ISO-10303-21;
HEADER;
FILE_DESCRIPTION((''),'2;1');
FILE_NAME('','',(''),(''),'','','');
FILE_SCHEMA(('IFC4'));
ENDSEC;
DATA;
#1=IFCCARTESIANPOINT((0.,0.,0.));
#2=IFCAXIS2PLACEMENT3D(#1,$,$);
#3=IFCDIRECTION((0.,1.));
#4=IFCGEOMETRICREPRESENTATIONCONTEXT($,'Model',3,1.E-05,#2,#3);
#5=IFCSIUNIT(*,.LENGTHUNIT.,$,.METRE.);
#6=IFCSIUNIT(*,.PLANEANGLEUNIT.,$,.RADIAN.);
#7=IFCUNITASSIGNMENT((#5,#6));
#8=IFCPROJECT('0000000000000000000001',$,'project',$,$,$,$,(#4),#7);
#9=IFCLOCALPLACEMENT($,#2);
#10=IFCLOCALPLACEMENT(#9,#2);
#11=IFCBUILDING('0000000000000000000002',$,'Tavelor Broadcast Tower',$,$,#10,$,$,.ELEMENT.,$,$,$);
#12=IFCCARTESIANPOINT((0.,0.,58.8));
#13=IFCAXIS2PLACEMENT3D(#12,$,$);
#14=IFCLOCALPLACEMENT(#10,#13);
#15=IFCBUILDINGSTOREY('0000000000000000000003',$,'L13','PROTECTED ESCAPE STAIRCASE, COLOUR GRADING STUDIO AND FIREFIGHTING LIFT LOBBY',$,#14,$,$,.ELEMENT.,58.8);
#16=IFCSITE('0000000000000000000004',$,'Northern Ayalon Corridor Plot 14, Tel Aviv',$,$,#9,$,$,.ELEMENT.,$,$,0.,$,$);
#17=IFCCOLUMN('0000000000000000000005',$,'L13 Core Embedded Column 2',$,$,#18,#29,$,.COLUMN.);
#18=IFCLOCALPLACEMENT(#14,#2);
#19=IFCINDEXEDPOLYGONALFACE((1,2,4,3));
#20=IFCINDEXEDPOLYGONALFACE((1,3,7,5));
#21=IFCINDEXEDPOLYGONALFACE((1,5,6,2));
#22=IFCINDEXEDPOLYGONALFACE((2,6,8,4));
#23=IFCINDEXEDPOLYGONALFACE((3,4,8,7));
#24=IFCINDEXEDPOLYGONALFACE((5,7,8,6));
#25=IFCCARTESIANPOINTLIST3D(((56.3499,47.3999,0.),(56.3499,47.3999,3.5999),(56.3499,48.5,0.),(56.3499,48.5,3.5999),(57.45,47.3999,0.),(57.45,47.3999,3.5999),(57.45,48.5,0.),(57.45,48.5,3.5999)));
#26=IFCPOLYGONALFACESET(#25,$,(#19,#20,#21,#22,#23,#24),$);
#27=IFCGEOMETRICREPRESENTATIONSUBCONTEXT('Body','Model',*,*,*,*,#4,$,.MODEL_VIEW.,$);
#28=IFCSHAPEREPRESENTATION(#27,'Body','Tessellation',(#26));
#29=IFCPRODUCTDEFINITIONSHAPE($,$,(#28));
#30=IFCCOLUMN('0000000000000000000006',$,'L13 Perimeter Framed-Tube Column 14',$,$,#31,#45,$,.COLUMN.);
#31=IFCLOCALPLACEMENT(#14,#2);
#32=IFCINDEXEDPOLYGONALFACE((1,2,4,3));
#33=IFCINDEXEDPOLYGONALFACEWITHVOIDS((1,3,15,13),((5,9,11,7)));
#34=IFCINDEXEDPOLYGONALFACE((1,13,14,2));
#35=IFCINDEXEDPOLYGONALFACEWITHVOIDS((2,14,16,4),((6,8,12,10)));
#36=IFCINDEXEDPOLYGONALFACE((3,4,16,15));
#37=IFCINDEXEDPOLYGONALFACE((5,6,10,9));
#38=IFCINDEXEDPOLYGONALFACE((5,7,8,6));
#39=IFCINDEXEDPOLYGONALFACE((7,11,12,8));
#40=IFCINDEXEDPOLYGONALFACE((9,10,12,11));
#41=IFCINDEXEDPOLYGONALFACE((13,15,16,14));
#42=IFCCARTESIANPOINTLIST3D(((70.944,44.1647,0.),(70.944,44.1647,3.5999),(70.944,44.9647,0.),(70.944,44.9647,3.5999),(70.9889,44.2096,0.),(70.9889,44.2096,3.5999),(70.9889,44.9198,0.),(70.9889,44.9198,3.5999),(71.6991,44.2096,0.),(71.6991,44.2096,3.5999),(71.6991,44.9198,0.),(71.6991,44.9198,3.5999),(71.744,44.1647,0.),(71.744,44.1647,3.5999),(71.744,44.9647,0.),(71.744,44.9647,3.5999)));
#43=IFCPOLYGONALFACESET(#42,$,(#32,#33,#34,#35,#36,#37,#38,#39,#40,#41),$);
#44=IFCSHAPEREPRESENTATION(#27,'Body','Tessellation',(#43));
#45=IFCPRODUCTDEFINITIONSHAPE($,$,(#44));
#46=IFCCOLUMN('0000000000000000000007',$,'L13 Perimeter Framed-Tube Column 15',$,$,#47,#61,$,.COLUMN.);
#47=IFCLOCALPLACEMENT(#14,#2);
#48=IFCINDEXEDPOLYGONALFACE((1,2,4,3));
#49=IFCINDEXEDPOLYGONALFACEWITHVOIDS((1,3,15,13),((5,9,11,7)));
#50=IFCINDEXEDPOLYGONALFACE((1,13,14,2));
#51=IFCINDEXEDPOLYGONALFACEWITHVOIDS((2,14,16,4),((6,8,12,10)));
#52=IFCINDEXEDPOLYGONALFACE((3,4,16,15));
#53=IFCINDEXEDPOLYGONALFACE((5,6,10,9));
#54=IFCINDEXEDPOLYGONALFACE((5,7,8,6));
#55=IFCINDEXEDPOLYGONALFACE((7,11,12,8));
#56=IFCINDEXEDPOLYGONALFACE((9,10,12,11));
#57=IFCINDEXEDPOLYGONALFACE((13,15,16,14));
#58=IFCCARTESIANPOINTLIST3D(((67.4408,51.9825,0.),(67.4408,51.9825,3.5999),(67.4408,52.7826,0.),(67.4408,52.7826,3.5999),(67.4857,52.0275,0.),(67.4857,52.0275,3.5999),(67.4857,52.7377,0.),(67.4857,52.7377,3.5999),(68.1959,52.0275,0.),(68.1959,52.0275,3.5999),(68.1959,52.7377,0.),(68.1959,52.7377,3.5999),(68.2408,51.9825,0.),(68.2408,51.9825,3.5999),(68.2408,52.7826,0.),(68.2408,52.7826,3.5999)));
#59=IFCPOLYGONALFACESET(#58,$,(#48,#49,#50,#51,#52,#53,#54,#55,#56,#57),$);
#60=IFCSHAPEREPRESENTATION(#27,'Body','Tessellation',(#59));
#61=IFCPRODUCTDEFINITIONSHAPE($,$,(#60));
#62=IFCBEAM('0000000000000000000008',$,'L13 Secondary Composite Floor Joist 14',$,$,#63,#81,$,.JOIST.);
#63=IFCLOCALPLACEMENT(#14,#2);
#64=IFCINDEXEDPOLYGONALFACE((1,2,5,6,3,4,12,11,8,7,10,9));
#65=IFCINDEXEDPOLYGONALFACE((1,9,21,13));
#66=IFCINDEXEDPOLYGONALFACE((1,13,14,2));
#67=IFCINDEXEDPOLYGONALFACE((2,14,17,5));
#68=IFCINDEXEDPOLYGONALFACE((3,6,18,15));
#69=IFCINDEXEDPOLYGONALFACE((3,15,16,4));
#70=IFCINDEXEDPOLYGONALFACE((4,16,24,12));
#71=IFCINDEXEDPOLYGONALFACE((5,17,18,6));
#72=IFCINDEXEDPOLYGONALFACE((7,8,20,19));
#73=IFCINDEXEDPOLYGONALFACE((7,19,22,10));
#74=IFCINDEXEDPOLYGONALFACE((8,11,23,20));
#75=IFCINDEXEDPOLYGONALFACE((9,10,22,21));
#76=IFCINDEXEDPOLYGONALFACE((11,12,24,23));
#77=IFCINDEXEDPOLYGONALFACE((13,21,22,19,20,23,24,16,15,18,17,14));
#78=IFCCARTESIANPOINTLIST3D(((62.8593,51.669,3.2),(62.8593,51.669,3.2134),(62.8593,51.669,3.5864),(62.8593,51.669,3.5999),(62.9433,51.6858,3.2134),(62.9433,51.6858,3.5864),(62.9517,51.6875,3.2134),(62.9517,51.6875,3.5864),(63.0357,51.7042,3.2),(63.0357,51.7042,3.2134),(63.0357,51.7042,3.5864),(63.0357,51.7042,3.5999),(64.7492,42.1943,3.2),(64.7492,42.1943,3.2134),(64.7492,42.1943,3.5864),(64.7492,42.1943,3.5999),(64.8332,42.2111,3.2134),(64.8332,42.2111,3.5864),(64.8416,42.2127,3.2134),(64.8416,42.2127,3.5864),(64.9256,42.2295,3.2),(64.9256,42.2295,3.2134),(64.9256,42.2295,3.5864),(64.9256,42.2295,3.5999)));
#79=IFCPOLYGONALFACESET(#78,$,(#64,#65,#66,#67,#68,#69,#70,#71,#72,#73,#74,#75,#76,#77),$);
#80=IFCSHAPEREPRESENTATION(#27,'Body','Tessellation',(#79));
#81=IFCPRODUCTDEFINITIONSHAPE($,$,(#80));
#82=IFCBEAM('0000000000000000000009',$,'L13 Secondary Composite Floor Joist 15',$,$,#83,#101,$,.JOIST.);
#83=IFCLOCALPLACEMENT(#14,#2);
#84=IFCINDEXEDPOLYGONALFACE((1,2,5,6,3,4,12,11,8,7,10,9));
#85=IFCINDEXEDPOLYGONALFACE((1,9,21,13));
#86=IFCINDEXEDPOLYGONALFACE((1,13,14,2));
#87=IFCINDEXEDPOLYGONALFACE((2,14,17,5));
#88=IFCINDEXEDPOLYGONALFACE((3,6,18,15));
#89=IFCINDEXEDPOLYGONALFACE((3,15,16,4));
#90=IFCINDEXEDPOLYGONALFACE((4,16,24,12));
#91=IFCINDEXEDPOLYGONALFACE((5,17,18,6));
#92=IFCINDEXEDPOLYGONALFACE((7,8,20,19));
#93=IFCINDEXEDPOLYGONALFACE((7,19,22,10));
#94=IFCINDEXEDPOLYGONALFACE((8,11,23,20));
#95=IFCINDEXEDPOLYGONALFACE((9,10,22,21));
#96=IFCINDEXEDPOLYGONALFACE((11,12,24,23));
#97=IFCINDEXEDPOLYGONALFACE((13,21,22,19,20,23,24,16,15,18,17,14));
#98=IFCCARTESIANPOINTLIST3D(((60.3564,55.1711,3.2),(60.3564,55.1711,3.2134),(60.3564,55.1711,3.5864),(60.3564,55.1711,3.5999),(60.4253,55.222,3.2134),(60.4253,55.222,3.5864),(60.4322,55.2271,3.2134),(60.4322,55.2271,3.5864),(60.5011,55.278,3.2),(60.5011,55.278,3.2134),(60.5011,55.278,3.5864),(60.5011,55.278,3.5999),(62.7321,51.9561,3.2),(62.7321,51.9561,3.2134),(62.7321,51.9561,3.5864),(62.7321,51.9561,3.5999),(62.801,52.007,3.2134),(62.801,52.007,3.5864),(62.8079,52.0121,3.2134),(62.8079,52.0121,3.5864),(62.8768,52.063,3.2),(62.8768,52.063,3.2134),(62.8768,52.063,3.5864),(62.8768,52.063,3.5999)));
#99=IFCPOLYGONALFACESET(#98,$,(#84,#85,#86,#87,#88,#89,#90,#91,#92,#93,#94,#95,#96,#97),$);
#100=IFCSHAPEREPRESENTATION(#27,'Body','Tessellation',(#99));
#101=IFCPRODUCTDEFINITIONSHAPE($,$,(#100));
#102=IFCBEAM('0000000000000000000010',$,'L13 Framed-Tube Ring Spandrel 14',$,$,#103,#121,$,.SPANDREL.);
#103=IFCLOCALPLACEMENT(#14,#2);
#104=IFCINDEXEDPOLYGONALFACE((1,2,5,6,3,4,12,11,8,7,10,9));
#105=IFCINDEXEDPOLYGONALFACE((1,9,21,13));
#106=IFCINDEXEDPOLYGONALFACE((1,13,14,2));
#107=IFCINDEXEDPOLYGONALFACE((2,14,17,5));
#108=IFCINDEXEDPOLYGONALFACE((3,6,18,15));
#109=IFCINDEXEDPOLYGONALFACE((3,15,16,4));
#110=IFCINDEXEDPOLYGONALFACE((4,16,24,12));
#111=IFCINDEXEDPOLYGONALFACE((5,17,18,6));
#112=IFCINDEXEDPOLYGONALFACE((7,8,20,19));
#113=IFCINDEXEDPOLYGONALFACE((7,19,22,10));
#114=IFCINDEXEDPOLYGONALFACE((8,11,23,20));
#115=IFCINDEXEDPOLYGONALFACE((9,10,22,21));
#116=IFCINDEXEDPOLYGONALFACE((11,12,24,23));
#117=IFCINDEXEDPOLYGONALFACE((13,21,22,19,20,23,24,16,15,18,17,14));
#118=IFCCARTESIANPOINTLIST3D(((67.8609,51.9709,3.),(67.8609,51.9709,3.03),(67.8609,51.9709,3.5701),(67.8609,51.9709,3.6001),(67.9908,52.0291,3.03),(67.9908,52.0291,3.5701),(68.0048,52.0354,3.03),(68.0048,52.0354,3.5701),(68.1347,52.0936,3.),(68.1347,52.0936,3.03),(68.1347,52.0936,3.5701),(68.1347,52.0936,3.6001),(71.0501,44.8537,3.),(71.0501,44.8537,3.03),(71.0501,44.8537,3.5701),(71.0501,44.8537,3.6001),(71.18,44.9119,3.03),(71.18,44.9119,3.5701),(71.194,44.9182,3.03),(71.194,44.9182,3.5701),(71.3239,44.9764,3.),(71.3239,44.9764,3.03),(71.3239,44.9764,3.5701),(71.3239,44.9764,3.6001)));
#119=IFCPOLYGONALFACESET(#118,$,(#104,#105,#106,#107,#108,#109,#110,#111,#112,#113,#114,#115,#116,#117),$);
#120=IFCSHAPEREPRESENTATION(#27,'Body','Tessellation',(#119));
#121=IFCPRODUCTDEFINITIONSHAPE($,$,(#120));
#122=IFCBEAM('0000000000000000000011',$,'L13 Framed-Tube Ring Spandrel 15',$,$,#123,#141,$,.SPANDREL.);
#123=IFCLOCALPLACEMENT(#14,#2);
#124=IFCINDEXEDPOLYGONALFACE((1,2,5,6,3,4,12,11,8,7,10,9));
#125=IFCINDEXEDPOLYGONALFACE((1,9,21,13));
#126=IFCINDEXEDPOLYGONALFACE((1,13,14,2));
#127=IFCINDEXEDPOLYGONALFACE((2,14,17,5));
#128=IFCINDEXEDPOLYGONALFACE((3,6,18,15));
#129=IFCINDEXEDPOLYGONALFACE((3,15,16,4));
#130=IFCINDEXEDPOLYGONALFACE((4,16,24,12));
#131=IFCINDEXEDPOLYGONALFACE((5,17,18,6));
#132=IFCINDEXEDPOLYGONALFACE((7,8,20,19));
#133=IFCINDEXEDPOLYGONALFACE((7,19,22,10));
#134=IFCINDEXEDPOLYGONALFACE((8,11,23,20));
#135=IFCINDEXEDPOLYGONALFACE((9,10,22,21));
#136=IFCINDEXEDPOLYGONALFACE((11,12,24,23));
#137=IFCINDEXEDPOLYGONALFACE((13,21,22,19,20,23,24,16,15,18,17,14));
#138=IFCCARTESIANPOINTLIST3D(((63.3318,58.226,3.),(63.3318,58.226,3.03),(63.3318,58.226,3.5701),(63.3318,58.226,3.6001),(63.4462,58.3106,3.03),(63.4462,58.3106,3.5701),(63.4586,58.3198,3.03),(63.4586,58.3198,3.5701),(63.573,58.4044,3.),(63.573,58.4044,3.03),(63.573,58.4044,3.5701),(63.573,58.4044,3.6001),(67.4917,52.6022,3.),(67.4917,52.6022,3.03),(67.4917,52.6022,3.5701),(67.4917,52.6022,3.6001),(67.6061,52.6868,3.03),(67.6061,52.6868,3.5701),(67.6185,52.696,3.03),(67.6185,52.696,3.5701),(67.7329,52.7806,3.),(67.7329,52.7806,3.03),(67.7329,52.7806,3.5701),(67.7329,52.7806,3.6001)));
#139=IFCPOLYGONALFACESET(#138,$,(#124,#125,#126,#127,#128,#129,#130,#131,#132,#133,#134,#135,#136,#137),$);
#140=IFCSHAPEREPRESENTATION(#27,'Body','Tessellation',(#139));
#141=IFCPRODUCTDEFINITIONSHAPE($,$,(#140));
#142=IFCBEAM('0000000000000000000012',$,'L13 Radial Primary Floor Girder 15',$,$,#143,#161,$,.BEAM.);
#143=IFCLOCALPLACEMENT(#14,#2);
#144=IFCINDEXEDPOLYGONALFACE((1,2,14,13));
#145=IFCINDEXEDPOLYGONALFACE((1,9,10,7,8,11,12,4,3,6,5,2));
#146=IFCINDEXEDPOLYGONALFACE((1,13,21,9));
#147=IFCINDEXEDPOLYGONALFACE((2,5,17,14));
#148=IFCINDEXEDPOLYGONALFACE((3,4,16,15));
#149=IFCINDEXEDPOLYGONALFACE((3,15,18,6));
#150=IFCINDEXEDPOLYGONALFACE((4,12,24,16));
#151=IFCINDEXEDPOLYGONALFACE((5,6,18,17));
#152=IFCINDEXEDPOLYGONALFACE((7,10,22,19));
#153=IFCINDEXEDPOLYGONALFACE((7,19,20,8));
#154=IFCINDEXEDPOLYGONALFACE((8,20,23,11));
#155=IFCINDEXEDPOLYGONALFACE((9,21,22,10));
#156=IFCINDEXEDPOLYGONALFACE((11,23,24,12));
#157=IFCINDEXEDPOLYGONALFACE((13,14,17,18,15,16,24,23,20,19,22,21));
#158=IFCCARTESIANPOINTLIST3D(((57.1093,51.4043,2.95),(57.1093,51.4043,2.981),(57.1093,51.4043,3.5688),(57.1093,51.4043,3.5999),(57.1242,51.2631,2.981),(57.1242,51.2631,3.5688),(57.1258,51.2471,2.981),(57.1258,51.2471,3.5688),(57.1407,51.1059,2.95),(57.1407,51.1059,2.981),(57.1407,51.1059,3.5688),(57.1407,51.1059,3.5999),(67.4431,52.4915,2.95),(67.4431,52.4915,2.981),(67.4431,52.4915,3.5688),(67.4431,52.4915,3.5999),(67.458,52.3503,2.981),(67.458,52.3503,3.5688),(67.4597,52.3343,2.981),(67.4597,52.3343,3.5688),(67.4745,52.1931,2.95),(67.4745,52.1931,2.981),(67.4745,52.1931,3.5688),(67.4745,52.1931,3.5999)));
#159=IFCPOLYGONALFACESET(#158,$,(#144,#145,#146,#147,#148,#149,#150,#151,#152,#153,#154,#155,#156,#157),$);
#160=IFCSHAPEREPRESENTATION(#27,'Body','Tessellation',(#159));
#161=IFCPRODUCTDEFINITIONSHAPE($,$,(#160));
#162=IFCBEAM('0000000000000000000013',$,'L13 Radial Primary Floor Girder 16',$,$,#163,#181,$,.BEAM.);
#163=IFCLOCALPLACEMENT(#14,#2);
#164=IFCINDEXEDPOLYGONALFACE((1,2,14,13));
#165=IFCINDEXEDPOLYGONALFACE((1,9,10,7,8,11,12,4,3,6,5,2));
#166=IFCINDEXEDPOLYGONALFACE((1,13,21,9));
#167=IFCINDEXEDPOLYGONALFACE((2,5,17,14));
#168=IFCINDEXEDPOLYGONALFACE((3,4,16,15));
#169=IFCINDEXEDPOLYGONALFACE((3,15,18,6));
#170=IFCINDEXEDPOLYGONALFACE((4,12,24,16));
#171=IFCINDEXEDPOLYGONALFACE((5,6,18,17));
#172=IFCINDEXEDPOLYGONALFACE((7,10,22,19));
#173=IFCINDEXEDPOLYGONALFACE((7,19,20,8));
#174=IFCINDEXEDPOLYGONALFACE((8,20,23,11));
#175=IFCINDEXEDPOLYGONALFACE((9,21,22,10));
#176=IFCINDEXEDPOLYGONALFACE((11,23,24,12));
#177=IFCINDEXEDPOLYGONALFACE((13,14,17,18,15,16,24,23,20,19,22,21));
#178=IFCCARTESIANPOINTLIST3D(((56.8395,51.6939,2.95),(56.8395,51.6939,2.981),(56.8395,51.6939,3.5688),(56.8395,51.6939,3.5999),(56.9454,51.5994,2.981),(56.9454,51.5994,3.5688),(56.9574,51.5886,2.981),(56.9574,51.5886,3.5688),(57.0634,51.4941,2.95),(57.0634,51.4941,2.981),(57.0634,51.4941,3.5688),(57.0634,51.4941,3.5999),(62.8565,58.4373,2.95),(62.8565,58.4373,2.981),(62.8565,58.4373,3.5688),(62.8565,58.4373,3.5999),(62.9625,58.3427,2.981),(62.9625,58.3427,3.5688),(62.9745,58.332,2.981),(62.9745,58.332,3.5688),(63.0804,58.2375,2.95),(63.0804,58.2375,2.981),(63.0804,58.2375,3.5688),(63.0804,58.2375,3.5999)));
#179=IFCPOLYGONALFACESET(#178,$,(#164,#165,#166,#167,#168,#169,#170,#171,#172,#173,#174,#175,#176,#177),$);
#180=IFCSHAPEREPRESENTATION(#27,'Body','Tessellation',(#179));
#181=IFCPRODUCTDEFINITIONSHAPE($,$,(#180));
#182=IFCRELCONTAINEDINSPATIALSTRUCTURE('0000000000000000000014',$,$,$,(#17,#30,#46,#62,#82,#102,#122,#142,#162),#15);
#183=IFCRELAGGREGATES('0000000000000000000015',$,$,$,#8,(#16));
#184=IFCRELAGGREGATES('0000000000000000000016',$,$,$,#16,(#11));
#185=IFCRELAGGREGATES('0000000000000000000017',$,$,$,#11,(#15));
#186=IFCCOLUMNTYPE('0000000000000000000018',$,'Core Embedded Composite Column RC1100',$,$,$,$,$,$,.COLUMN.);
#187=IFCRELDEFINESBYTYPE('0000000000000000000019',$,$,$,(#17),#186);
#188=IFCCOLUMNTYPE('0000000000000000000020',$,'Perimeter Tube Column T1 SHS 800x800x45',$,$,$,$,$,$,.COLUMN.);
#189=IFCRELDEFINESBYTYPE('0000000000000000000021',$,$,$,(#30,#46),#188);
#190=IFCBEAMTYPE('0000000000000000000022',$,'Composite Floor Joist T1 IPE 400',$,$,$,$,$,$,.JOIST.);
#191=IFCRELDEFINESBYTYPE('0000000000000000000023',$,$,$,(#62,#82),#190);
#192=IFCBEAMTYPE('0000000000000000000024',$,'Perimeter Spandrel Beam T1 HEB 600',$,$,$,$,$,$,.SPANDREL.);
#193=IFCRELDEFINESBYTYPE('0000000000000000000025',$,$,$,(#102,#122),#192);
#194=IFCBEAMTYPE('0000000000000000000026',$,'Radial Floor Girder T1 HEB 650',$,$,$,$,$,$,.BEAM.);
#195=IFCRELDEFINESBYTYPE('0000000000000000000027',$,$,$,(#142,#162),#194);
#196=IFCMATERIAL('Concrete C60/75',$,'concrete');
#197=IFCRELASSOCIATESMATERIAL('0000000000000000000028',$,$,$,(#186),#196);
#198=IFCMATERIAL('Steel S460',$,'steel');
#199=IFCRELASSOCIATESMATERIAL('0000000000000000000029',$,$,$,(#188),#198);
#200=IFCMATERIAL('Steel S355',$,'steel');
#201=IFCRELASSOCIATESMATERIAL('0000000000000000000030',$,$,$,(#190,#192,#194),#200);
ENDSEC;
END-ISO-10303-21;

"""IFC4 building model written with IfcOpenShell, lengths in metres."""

from ifc_helpers import new_model, si_unit, direction, frame, origin, origin_2d, place, context, subcontext, project, spatial, rectangle, hollow_rectangle, i_section, extrude, material, material_profile, profile_set, type_object, element, save


model = new_model("IFC4")

# Units and contexts
model_context = context("Model", 3, precision=1e-05, world=origin(), true_north=direction((0.0, 1.0)))
body_context = subcontext(model_context, "Body", "Model", "MODEL_VIEW")
ifc_project = project(units=[si_unit("LENGTHUNIT", "METRE"), si_unit("PLANEANGLEUNIT", "RADIAN")], contexts=[model_context])

# Site, building, storey
site_placement = place(None, origin())
site = spatial("IfcSite", under=ifc_project, at=site_placement, Name="Northern Ayalon Corridor Plot 14, Tel Aviv", CompositionType="ELEMENT", RefElevation=0.0)
building_placement = place(site_placement, origin())
building = spatial("IfcBuilding", under=site, at=building_placement, Name="Tavelor Broadcast Tower", CompositionType="ELEMENT")
storey_placement = place(building_placement, frame((0.0, 0.0, 58.8)))
storey = spatial("IfcBuildingStorey", under=building, at=storey_placement, Name="L13", Description="PROTECTED ESCAPE STAIRCASE, COLOUR GRADING STUDIO AND FIREFIGHTING LIFT LOBBY", CompositionType="ELEMENT", Elevation=58.8)

# Columns
ifc_material_1 = material(Name="Concrete C60/75", Category="concrete")
ifc_material_profile_1 = material_profile(ifc_material_1, rectangle(XDim=1.1001, YDim=1.1001, at=origin_2d()), Name="RC 1100x1100")
ifc_profile_set_1 = profile_set([ifc_material_profile_1], Name="Concrete C60/75")
column_type_1 = type_object("IfcColumnType", Name="Core Embedded Composite Column RC1100", PredefinedType="COLUMN", material=ifc_profile_set_1)
column_placement = place(storey_placement, frame((56.8999, 47.95, 0.0), z_axis=(0.0, 0.0, 1.0), x_axis=(1.0, 0.0, 0.0)))
element("IfcColumn", 1, at=column_placement, inside=storey, type_object=column_type_1, Name="L13 Core Embedded Column 2", PredefinedType="COLUMN", context=body_context, shape_type="SweptSolid", body=[
    extrude(rectangle(XDim=1.1001, YDim=1.1001, at=origin_2d()), origin(), (0.0, 0.0, 1.0), 3.5999),
])
ifc_material_2 = material(Name="Steel S460", Category="steel")
ifc_material_profile_2 = material_profile(ifc_material_2, hollow_rectangle(XDim=0.8, YDim=0.8, WallThickness=0.0449, at=origin_2d()), Name="SHS 800x800x45")
ifc_profile_set_2 = profile_set([ifc_material_profile_2], Name="Steel S460")
column_type_2 = type_object("IfcColumnType", Name="Perimeter Tube Column T1 SHS 800x800x45", PredefinedType="COLUMN", material=ifc_profile_set_2)
for number, where, z_axis, x_axis, name in (
    (2, (71.344, 44.5647, 0.0), (0.0, 0.0, 1.0), (1.0, 0.0, 0.0), "L13 Perimeter Framed-Tube Column 14"),
    (3, (67.8408, 52.3826, 0.0), (0.0, 0.0, 1.0), (1.0, 0.0, 0.0), "L13 Perimeter Framed-Tube Column 15"),
):
    element("IfcColumn", number, at=place(storey_placement, frame(where, z_axis=z_axis, x_axis=x_axis)), inside=storey, type_object=column_type_2, Name=name, PredefinedType="COLUMN", context=body_context, shape_type="SweptSolid", body=[
        extrude(hollow_rectangle(XDim=0.8, YDim=0.8, WallThickness=0.0449, at=origin_2d()), origin(), (0.0, 0.0, 1.0), 3.5999),
    ])

# Beams
ifc_material_3 = material(Name="Steel S355", Category="steel")
ifc_material_profile_3 = material_profile(ifc_material_3, i_section(OverallWidth=0.1799, OverallDepth=0.3999, WebThickness=0.0085, FlangeThickness=0.0134, at=origin_2d()), Name="IPE 400")
ifc_profile_set_3 = profile_set([ifc_material_profile_3], Name="Steel S355")
beam_type_1 = type_object("IfcBeamType", Name="Composite Floor Joist T1 IPE 400", PredefinedType="JOIST", material=ifc_profile_set_3)
beam_1_placement = place(storey_placement, frame((64.8374, 42.2119, 3.3999), z_axis=(-0.195616, 0.980681, 0.0), x_axis=(-0.980681, -0.195616, 0.0)))
element("IfcBeam", 4, at=beam_1_placement, inside=storey, type_object=beam_type_1, Name="L13 Secondary Composite Floor Joist 14", PredefinedType="JOIST", context=body_context, shape_type="SweptSolid", body=[
    extrude(i_section(OverallWidth=0.1799, OverallDepth=0.3999, WebThickness=0.0085, FlangeThickness=0.0134, at=origin_2d()), origin(), (0.0, 0.0, 1.0), 9.6614),
])
beam_2_placement = place(storey_placement, frame((62.8044, 52.0095, 3.3999), z_axis=(-0.594288, 0.804252, 0.0), x_axis=(-0.804252, -0.594288, 0.0)))
element("IfcBeam", 5, at=beam_2_placement, inside=storey, type_object=beam_type_1, Name="L13 Secondary Composite Floor Joist 15", PredefinedType="JOIST", context=body_context, shape_type="SweptSolid", body=[
    extrude(i_section(OverallWidth=0.1799, OverallDepth=0.3999, WebThickness=0.0085, FlangeThickness=0.0134, at=origin_2d()), origin(), (0.0, 0.0, 1.0), 3.9976),
])
ifc_material_profile_4 = material_profile(ifc_material_3, i_section(OverallWidth=0.3, OverallDepth=0.6001, WebThickness=0.0154, FlangeThickness=0.03, at=origin_2d()), Name="HEB 600")
ifc_profile_set_4 = profile_set([ifc_material_profile_4], Name="Steel S355")
beam_type_2 = type_object("IfcBeamType", Name="Perimeter Spandrel Beam T1 HEB 600", PredefinedType="SPANDREL", material=ifc_profile_set_4)
beam_3_placement = place(storey_placement, frame((71.187, 44.915, 3.3), z_axis=(-0.408922, 0.912569, 0.0), x_axis=(-0.912569, -0.408922, 0.0)))
element("IfcBeam", 6, at=beam_3_placement, inside=storey, type_object=beam_type_2, Name="L13 Framed-Tube Ring Spandrel 14", PredefinedType="SPANDREL", context=body_context, shape_type="SweptSolid", body=[
    extrude(i_section(OverallWidth=0.3, OverallDepth=0.6001, WebThickness=0.0154, FlangeThickness=0.03, at=origin_2d()), origin(), (0.0, 0.0, 1.0), 7.7991),
])
beam_4_placement = place(storey_placement, frame((67.6123, 52.6914, 3.3), z_axis=(-0.594687, 0.803957, 0.0), x_axis=(-0.803957, -0.594687, 0.0)))
element("IfcBeam", 7, at=beam_4_placement, inside=storey, type_object=beam_type_2, Name="L13 Framed-Tube Ring Spandrel 15", PredefinedType="SPANDREL", context=body_context, shape_type="SweptSolid", body=[
    extrude(i_section(OverallWidth=0.3, OverallDepth=0.6001, WebThickness=0.0154, FlangeThickness=0.03, at=origin_2d()), origin(), (0.0, 0.0, 1.0), 6.9951),
])
ifc_material_profile_5 = material_profile(ifc_material_3, i_section(OverallWidth=0.3, OverallDepth=0.6499, WebThickness=0.0161, FlangeThickness=0.031, at=origin_2d()), Name="HEB 650")
ifc_profile_set_5 = profile_set([ifc_material_profile_5], Name="Steel S355")
beam_type_3 = type_object("IfcBeamType", Name="Radial Floor Girder T1 HEB 650", PredefinedType="BEAM", material=ifc_profile_set_5)
beam_5_placement = place(storey_placement, frame((57.125, 51.2551, 3.2749), z_axis=(0.994512, 0.104627, 0.0), x_axis=(-0.104627, 0.994512, 0.0)))
element("IfcBeam", 8, at=beam_5_placement, inside=storey, type_object=beam_type_3, Name="L13 Radial Primary Floor Girder 15", PredefinedType="BEAM", context=body_context, shape_type="SweptSolid", body=[
    extrude(i_section(OverallWidth=0.3, OverallDepth=0.6499, WebThickness=0.0161, FlangeThickness=0.031, at=origin_2d()), origin(), (0.0, 0.0, 1.0), 10.3909),
])
beam_6_placement = place(storey_placement, frame((56.9514, 51.594, 3.2749), z_axis=(0.665781, 0.746147, 0.0), x_axis=(-0.746147, 0.665781, 0.0)))
element("IfcBeam", 9, at=beam_6_placement, inside=storey, type_object=beam_type_3, Name="L13 Radial Primary Floor Girder 16", PredefinedType="BEAM", context=body_context, shape_type="SweptSolid", body=[
    extrude(i_section(OverallWidth=0.3, OverallDepth=0.6499, WebThickness=0.0161, FlangeThickness=0.031, at=origin_2d()), origin(), (0.0, 0.0, 1.0), 9.0376),
])

save(model, "model.ifc")
